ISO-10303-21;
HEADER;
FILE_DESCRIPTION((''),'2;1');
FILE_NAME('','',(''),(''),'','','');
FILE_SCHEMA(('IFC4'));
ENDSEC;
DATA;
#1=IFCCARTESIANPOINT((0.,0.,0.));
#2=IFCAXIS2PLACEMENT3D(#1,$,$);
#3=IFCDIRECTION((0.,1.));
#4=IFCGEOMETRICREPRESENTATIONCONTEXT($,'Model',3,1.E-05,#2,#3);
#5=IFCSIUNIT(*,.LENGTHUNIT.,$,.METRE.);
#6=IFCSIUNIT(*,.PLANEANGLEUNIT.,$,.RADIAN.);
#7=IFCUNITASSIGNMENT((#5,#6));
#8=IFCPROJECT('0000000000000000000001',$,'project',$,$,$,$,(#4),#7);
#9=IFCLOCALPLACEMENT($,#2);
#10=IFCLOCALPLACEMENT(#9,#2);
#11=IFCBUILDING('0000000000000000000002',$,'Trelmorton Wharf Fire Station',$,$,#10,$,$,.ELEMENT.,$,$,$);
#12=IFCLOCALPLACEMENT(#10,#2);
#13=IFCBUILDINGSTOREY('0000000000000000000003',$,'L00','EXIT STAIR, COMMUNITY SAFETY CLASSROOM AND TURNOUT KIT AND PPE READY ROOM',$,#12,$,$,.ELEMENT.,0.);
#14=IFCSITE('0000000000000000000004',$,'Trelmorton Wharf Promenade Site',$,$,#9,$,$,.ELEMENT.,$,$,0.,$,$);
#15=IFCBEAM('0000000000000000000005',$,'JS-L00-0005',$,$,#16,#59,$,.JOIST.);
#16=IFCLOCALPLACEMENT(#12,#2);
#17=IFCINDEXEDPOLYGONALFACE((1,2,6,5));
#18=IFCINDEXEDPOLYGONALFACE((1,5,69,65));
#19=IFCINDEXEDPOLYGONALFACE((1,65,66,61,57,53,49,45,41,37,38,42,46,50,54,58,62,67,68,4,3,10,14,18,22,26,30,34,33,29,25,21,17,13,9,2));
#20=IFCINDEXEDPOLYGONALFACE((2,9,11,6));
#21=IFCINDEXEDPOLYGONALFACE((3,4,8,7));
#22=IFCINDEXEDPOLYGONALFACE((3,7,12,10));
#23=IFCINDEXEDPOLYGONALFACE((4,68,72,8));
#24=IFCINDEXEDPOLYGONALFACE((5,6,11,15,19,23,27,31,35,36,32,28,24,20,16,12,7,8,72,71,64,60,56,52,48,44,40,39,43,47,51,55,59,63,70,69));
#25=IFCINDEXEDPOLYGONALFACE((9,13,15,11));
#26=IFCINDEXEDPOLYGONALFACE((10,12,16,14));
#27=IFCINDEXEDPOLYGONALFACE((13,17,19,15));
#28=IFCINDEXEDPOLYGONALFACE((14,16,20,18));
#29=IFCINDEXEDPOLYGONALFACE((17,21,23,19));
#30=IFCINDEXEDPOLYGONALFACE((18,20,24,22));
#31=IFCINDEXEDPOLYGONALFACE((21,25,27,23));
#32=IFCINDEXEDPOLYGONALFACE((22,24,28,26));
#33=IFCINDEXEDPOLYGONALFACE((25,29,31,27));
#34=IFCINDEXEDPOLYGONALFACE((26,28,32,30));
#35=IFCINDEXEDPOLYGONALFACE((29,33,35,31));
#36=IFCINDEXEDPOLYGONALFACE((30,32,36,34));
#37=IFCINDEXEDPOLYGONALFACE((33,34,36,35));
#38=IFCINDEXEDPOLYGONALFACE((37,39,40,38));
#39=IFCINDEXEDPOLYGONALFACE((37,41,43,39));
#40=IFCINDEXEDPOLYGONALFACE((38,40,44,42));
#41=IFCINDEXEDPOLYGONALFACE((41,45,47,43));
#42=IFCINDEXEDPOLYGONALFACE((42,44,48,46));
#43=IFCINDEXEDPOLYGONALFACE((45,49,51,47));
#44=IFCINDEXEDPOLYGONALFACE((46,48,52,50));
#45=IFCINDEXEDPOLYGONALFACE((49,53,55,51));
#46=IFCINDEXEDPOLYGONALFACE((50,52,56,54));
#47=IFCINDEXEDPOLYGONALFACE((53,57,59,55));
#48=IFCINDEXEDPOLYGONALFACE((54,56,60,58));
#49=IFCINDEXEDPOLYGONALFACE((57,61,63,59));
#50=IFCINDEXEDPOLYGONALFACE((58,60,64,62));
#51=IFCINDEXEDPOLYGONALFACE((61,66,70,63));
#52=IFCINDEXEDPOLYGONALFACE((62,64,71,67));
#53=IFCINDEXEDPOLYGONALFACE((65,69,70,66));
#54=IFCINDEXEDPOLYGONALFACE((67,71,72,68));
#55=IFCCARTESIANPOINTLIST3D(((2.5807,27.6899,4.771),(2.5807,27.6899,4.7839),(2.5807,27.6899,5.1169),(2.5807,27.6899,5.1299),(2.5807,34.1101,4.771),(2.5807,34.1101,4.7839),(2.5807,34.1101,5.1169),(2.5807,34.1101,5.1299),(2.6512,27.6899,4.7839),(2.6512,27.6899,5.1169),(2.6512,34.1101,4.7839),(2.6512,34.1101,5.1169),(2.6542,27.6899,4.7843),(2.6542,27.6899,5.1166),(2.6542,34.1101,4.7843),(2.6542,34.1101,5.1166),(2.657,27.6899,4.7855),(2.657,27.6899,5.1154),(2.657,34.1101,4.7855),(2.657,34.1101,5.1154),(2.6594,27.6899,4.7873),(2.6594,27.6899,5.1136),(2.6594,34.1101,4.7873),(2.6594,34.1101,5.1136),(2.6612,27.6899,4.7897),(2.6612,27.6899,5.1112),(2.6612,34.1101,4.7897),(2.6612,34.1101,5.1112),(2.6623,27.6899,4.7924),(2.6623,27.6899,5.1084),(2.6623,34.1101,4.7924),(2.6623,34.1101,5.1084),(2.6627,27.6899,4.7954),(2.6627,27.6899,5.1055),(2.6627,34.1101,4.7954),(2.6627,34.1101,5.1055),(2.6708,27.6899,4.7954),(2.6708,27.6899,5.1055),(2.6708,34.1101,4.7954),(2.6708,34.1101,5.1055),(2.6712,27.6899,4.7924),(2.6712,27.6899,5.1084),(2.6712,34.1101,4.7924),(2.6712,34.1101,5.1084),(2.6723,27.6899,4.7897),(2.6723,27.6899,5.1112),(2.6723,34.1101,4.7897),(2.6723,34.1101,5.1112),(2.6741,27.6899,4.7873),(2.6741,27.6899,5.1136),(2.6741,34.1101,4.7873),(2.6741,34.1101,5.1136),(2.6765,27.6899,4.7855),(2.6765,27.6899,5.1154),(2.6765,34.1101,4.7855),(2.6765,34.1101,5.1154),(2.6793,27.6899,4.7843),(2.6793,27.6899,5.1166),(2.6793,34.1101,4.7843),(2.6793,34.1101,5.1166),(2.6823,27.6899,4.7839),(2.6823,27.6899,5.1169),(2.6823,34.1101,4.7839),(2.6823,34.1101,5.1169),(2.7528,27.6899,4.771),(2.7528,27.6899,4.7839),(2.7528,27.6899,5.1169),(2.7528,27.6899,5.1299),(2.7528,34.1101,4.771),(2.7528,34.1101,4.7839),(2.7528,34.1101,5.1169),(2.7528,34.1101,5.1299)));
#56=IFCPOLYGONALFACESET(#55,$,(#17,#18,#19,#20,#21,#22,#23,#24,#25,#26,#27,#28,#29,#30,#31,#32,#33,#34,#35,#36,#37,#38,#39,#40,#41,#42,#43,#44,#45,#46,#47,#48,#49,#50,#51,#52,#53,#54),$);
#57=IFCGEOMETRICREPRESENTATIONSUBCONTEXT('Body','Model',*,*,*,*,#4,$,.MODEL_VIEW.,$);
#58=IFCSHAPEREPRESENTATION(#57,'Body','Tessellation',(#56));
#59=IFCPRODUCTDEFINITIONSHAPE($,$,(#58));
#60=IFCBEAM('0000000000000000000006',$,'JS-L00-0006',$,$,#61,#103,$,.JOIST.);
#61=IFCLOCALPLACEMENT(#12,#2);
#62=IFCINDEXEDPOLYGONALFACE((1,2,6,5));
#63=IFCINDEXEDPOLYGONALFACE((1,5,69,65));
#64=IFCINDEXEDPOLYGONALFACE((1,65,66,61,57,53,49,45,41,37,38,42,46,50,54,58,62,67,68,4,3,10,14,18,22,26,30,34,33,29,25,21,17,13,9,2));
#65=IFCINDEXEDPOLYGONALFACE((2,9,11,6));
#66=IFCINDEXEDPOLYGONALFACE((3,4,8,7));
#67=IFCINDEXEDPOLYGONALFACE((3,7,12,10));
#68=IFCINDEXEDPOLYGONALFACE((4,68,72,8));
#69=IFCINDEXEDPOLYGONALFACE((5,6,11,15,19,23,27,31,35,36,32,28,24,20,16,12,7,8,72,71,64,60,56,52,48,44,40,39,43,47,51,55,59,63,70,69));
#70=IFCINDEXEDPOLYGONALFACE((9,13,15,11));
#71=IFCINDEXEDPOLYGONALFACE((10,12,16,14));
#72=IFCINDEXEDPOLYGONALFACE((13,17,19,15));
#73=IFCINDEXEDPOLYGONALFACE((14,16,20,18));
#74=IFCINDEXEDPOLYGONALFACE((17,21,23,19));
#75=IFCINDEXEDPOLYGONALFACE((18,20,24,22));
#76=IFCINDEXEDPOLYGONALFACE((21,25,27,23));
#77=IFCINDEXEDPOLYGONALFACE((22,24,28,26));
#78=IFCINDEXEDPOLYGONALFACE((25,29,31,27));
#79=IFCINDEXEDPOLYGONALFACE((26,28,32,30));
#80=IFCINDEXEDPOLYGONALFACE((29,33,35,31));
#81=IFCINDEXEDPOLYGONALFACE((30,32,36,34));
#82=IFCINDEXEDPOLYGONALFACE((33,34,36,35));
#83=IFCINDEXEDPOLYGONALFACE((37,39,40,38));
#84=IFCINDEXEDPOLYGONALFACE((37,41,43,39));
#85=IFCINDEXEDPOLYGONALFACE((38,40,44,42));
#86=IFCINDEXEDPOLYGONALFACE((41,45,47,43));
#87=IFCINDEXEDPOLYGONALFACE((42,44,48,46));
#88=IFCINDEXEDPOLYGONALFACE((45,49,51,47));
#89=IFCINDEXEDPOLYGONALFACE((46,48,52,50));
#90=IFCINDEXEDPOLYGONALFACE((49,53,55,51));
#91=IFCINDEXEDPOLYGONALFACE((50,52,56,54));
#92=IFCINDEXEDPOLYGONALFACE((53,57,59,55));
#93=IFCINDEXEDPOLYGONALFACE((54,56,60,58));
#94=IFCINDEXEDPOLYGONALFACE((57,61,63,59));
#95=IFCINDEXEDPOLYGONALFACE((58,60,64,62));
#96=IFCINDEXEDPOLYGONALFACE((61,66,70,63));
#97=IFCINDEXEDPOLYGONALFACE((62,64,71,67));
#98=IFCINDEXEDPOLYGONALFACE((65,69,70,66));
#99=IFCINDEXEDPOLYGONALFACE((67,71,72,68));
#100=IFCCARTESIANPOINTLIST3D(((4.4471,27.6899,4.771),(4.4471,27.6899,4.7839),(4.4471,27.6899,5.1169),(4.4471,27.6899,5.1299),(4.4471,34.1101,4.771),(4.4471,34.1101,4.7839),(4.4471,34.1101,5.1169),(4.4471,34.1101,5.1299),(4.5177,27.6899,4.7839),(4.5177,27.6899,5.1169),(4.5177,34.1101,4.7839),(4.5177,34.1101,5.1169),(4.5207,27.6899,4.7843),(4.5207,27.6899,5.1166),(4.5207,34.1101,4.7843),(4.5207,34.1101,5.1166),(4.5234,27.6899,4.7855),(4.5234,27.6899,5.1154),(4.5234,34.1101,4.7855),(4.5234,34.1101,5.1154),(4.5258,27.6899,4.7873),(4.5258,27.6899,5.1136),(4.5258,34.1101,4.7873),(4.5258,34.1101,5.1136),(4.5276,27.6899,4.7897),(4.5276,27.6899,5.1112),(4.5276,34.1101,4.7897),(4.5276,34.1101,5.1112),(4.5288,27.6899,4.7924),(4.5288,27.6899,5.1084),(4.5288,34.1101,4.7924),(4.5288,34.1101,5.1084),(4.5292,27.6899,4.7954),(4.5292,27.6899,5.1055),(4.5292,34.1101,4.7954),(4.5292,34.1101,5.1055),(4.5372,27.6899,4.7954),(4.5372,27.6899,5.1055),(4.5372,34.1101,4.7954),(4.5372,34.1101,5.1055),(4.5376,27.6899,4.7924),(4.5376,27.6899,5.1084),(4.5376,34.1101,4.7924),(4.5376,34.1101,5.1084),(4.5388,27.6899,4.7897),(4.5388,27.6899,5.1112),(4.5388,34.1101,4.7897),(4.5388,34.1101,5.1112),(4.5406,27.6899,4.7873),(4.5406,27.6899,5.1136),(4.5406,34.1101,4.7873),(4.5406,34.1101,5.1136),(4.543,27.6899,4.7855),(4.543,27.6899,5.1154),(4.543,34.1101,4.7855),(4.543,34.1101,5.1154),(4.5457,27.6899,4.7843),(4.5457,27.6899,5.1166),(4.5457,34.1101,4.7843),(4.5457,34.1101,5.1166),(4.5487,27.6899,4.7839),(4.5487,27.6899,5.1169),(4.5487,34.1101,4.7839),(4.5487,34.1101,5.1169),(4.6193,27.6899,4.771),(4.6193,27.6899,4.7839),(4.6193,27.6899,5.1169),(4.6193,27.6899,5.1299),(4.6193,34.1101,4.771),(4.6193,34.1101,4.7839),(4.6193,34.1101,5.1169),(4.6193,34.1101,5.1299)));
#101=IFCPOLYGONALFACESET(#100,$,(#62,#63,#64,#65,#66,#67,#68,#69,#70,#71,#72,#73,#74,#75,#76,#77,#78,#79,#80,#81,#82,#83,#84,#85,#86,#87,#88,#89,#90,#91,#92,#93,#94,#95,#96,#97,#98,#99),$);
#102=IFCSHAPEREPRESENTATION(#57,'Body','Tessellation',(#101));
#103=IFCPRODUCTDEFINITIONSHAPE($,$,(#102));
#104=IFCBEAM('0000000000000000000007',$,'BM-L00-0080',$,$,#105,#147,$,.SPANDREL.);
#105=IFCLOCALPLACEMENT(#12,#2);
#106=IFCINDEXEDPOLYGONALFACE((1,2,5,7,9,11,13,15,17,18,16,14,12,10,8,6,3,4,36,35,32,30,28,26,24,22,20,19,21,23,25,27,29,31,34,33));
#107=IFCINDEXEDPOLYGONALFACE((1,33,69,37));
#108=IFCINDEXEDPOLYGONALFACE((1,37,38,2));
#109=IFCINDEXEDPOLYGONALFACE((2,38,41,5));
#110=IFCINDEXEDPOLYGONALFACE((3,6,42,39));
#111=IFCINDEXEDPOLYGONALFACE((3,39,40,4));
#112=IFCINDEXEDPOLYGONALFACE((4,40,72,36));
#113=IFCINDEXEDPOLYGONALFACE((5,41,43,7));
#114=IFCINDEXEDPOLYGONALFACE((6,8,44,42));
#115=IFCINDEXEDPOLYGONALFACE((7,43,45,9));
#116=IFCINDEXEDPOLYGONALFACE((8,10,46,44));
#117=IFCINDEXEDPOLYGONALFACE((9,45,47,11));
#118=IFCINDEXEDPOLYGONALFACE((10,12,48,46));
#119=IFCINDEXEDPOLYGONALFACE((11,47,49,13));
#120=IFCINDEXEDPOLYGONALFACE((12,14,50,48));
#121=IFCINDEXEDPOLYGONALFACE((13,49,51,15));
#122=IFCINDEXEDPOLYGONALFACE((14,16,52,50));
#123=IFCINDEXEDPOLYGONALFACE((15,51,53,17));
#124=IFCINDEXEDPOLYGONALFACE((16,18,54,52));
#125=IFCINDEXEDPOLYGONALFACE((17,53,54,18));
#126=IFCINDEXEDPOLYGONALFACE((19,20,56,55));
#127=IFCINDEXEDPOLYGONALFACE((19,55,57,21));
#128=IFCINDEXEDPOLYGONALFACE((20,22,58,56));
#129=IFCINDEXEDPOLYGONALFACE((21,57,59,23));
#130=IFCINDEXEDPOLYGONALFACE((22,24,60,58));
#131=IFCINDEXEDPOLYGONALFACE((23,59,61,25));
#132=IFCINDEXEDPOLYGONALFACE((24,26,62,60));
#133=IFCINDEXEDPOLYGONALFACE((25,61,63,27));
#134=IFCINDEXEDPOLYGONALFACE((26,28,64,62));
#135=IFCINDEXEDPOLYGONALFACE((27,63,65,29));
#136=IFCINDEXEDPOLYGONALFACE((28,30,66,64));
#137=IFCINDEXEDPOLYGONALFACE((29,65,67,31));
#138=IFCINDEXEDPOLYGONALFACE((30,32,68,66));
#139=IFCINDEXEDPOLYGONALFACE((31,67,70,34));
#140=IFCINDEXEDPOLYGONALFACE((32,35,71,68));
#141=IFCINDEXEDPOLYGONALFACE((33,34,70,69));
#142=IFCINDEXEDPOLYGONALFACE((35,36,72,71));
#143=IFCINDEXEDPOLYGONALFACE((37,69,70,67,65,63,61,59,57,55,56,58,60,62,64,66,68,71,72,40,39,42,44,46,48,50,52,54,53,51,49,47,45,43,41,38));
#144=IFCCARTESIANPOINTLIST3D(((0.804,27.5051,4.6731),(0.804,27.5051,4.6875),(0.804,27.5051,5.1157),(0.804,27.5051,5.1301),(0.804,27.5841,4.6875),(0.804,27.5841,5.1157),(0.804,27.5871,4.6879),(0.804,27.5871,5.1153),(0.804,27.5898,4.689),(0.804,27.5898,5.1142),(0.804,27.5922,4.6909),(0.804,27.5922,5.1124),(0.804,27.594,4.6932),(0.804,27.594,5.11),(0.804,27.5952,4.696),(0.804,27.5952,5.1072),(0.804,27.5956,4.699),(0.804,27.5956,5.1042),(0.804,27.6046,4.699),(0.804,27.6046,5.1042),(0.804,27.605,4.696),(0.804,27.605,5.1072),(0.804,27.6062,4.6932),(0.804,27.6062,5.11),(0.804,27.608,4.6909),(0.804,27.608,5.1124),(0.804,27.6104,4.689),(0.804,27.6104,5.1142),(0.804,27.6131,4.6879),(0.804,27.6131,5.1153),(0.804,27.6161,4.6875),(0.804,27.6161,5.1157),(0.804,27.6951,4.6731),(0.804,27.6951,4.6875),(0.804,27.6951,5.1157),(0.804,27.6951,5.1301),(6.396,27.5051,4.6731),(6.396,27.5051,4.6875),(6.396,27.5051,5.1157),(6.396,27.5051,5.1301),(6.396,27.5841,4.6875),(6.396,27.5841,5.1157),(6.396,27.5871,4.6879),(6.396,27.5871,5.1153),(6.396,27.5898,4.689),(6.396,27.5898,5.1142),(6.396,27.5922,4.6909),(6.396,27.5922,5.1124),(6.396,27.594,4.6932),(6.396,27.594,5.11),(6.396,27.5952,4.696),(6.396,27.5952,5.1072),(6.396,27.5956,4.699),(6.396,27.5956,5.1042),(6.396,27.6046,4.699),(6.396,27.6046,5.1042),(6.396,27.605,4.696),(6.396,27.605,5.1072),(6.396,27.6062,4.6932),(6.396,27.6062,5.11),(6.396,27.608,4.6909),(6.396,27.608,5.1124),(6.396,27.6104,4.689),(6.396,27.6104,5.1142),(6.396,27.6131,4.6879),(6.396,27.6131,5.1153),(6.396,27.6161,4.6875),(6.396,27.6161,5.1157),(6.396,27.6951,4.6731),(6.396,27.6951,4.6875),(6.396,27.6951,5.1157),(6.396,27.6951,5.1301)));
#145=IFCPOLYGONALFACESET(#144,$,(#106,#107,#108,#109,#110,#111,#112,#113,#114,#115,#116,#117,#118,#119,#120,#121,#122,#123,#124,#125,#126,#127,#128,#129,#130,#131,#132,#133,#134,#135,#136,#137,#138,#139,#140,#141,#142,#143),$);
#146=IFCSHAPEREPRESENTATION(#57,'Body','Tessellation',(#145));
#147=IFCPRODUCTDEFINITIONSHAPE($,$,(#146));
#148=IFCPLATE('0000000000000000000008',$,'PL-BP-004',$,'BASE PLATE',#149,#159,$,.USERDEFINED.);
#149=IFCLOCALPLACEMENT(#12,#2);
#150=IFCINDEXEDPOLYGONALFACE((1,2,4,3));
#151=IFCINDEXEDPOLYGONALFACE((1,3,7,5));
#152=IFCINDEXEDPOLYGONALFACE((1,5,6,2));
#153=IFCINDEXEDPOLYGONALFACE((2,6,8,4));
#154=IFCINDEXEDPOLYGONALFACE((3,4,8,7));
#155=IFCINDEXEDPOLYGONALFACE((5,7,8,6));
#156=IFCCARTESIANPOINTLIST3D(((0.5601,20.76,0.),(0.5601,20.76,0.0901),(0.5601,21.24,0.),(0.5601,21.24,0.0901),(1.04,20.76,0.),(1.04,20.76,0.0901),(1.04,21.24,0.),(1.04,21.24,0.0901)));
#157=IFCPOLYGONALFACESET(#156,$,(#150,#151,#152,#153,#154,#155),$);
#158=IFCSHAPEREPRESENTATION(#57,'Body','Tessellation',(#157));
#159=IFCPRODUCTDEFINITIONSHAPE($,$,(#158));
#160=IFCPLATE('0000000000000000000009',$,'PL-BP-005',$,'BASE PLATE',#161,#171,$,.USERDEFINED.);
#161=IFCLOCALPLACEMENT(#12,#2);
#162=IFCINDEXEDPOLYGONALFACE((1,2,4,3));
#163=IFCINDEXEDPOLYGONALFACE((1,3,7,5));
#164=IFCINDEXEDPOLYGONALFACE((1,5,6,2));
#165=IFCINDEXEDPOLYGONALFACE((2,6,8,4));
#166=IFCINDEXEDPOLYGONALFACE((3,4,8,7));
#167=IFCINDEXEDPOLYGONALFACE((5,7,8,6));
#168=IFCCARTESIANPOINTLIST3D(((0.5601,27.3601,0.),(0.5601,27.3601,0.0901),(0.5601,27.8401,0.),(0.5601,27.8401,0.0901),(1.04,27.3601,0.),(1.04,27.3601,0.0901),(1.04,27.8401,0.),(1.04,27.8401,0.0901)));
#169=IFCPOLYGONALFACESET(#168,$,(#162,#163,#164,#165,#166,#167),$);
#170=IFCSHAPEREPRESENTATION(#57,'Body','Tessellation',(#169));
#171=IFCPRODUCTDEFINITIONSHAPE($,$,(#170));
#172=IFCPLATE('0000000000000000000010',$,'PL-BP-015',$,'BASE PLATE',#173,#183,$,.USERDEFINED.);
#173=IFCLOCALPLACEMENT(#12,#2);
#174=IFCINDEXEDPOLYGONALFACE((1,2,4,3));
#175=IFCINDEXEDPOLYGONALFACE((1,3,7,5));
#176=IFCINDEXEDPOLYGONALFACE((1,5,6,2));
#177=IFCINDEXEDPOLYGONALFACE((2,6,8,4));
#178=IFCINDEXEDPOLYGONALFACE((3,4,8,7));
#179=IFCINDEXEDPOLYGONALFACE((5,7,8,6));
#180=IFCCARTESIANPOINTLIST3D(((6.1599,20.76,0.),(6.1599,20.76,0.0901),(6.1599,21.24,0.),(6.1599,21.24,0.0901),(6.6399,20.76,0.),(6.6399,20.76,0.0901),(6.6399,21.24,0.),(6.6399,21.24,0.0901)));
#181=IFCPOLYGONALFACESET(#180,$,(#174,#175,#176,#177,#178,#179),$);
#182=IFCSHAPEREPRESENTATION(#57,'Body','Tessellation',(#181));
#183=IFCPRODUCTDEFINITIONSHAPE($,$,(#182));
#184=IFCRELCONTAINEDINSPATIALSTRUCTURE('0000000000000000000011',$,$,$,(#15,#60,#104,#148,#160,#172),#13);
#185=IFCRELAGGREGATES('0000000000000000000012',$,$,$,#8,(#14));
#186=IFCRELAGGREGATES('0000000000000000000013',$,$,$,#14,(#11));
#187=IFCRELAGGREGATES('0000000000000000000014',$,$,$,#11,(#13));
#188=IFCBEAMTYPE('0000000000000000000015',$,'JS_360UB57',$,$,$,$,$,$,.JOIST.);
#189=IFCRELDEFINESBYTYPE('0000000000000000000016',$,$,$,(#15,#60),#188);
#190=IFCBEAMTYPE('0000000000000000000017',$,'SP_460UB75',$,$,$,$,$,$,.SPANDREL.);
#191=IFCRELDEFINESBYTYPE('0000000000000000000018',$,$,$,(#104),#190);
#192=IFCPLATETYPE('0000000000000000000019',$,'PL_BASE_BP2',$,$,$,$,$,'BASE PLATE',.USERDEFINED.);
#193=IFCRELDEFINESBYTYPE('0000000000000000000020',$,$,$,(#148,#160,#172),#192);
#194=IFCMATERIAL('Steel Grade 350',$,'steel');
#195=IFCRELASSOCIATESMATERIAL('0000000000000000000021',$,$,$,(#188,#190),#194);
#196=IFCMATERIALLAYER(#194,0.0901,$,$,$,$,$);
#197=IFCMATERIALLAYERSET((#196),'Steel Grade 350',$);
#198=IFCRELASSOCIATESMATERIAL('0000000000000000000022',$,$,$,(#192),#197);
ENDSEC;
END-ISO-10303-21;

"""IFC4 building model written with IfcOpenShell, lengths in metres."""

from ifc_helpers import new_model, si_unit, direction, frame, origin, origin_2d, place, context, subcontext, project, spatial, rectangle, i_section, extrude, material, layer, layer_set, material_profile, profile_set, type_object, element, save


model = new_model("IFC4")

# Units and contexts
model_context = context("Model", 3, precision=1e-05, world=origin(), true_north=direction((0.0, 1.0)))
body_context = subcontext(model_context, "Body", "Model", "MODEL_VIEW")
ifc_project = project(units=[si_unit("LENGTHUNIT", "METRE"), si_unit("PLANEANGLEUNIT", "RADIAN")], contexts=[model_context])

# Site, building, storey
site_placement = place(None, origin())
site = spatial("IfcSite", under=ifc_project, at=site_placement, Name="Trelmorton Wharf Promenade Site", CompositionType="ELEMENT", RefElevation=0.0)
building_placement = place(site_placement, origin())
building = spatial("IfcBuilding", under=site, at=building_placement, Name="Trelmorton Wharf Fire Station", CompositionType="ELEMENT")
storey_placement = place(building_placement, origin())
storey = spatial("IfcBuildingStorey", under=building, at=storey_placement, Name="L00", Description="EXIT STAIR, COMMUNITY SAFETY CLASSROOM AND TURNOUT KIT AND PPE READY ROOM", CompositionType="ELEMENT", Elevation=0.0)

# Shared definitions
ifc_material_1 = material(Name="Steel Grade 350", Category="steel")

# Beams
ifc_material_profile_1 = material_profile(ifc_material_1, i_section(OverallWidth=0.1721, OverallDepth=0.3589, WebThickness=0.0081, FlangeThickness=0.0129, FilletRadius=0.0115, at=origin_2d()), Name="360UB56.7")
ifc_profile_set_1 = profile_set([ifc_material_profile_1], Name="Steel Grade 350")
beam_type_1 = type_object("IfcBeamType", Name="JS_360UB57", PredefinedType="JOIST", material=ifc_profile_set_1)
for number, where, z_axis, x_axis, name in (
    (1, (2.6667, 27.6899, 4.9504), (0.0, 1.0, 0.0), (-1.0, 0.0, 0.0), "JS-L00-0005"),
    (2, (4.5332, 27.6899, 4.9504), (0.0, 1.0, 0.0), (-1.0, 0.0, 0.0), "JS-L00-0006"),
):
    element("IfcBeam", number, at=place(storey_placement, frame(where, z_axis=z_axis, x_axis=x_axis)), inside=storey, type_object=beam_type_1, Name=name, PredefinedType="JOIST", context=body_context, shape_type="SweptSolid", body=[
        extrude(i_section(OverallWidth=0.1721, OverallDepth=0.3589, WebThickness=0.0081, FlangeThickness=0.0129, FilletRadius=0.0115, at=origin_2d()), origin(), (0.0, 0.0, 1.0), 6.4202),
    ])
ifc_material_profile_2 = material_profile(ifc_material_1, i_section(OverallWidth=0.1899, OverallDepth=0.457, WebThickness=0.009, FlangeThickness=0.0144, FilletRadius=0.0115, at=origin_2d()), Name="460UB74.6")
ifc_profile_set_2 = profile_set([ifc_material_profile_2], Name="Steel Grade 350")
beam_type_2 = type_object("IfcBeamType", Name="SP_460UB75", PredefinedType="SPANDREL", material=ifc_profile_set_2)
beam_1_placement = place(storey_placement, frame((0.804, 27.6001, 4.9016), z_axis=(1.0, 0.0, 0.0), x_axis=(0.0, 1.0, 0.0)))
element("IfcBeam", 3, at=beam_1_placement, inside=storey, type_object=beam_type_2, Name="BM-L00-0080", PredefinedType="SPANDREL", context=body_context, shape_type="SweptSolid", body=[
    extrude(i_section(OverallWidth=0.1899, OverallDepth=0.457, WebThickness=0.009, FlangeThickness=0.0144, FilletRadius=0.0115, at=origin_2d()), origin(), (0.0, 0.0, 1.0), 5.592),
])

# Plates
ifc_layer_1 = layer(ifc_material_1, 0.0901)
ifc_layer_set_1 = layer_set([ifc_layer_1], Name="Steel Grade 350")
plate_type = type_object("IfcPlateType", Name="PL_BASE_BP2", ElementType="BASE PLATE", PredefinedType="USERDEFINED", material=ifc_layer_set_1)
for number, where, z_axis, x_axis, name in (
    (4, (0.8, 21.0, 0.0), (0.0, 0.0, 1.0), (1.0, 0.0, 0.0), "PL-BP-004"),
    (5, (0.8, 27.6001, 0.0), (0.0, 0.0, 1.0), (1.0, 0.0, 0.0), "PL-BP-005"),
    (6, (6.3999, 21.0, 0.0), (0.0, 0.0, 1.0), (1.0, 0.0, 0.0), "PL-BP-015"),
):
    element("IfcPlate", number, at=place(storey_placement, frame(where, z_axis=z_axis, x_axis=x_axis)), inside=storey, type_object=plate_type, Name=name, ObjectType="BASE PLATE", PredefinedType="USERDEFINED", context=body_context, shape_type="SweptSolid", body=[
        extrude(rectangle(XDim=0.48, YDim=0.48, at=origin_2d()), origin(), (0.0, 0.0, 1.0), 0.0901),
    ])

save(model, "model.ifc")
